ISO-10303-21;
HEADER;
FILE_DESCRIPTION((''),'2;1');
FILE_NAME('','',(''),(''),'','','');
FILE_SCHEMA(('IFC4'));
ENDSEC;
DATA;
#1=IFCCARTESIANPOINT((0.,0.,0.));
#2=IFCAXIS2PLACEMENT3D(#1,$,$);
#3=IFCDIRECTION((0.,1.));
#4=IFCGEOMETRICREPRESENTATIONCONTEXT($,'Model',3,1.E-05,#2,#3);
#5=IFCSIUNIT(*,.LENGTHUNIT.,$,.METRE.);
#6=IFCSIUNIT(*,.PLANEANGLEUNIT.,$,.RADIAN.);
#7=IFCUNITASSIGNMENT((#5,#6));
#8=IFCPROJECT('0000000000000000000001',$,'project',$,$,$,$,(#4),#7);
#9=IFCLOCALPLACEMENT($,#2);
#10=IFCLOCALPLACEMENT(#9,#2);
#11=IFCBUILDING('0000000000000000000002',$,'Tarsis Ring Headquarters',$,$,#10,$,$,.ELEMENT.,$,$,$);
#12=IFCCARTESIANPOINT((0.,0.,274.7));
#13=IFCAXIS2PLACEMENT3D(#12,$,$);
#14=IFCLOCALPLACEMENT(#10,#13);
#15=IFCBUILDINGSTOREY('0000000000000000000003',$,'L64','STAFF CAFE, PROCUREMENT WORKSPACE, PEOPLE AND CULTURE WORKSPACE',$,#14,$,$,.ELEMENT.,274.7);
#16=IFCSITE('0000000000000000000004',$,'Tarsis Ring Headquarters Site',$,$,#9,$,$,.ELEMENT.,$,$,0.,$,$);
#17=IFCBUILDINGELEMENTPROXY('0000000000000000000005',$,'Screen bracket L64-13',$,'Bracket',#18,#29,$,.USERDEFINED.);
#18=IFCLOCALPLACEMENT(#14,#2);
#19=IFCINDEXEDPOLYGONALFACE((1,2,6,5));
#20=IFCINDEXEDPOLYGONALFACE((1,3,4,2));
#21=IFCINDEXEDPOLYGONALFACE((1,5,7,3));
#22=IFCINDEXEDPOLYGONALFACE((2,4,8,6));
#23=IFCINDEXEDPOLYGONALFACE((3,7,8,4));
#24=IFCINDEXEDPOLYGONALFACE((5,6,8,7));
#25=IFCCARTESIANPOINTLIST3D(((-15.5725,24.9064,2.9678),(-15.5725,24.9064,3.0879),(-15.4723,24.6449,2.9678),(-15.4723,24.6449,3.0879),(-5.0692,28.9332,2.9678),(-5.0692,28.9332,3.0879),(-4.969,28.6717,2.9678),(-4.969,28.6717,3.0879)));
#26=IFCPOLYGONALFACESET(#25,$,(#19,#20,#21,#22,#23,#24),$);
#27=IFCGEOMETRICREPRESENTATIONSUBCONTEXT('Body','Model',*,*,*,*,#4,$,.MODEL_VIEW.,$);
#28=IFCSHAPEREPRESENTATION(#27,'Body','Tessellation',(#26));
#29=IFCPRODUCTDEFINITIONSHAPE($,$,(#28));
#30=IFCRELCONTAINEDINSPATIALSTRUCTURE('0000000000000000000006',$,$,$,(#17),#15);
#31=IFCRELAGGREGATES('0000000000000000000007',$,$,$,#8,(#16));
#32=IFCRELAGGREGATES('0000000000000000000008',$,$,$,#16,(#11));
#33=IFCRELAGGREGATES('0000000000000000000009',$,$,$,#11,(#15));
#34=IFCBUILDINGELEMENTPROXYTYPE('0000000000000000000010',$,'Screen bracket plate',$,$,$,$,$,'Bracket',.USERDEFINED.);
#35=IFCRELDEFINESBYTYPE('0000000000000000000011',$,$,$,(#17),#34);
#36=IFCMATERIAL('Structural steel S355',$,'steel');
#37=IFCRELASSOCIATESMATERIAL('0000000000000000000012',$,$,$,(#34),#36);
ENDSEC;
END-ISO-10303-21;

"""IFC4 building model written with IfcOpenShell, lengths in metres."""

from ifc_helpers import new_model, si_unit, direction, frame, origin, origin_2d, place, context, subcontext, project, spatial, rectangle, extrude, material, type_object, element, save


model = new_model("IFC4")

# Units and contexts
model_context = context("Model", 3, precision=1e-05, world=origin(), true_north=direction((0.0, 1.0)))
body_context = subcontext(model_context, "Body", "Model", "MODEL_VIEW")
ifc_project = project(units=[si_unit("LENGTHUNIT", "METRE"), si_unit("PLANEANGLEUNIT", "RADIAN")], contexts=[model_context])

# Site, building, storey
site_placement = place(None, origin())
site = spatial("IfcSite", under=ifc_project, at=site_placement, Name="Tarsis Ring Headquarters Site", CompositionType="ELEMENT", RefElevation=0.0)
building_placement = place(site_placement, origin())
building = spatial("IfcBuilding", under=site, at=building_placement, Name="Tarsis Ring Headquarters", CompositionType="ELEMENT")
storey_placement = place(building_placement, frame((0.0, 0.0, 274.7)))
storey = spatial("IfcBuildingStorey", under=building, at=storey_placement, Name="L64", Description="STAFF CAFE, PROCUREMENT WORKSPACE, PEOPLE AND CULTURE WORKSPACE", CompositionType="ELEMENT", Elevation=274.7)

# Shared definitions
ifc_material_1 = material(Name="Structural steel S355", Category="steel")

# Building element proxy
building_element_proxy_type = type_object("IfcBuildingElementProxyType", Name="Screen bracket plate", ElementType="Bracket", PredefinedType="USERDEFINED", material=ifc_material_1)
proxy_placement = place(storey_placement, frame((-10.2708, 26.7891, 2.9678), z_axis=(0.0, 0.0, 1.0), x_axis=(-0.933729, -0.357981, 0.0)))
element("IfcBuildingElementProxy", 1, at=proxy_placement, inside=storey, type_object=building_element_proxy_type, Name="Screen bracket L64-13", ObjectType="Bracket", PredefinedType="USERDEFINED", context=body_context, shape_type="SweptSolid", body=[
    extrude(rectangle(XDim=11.2488, YDim=0.28, at=origin_2d()), origin(), (0.0, 0.0, 1.0), 0.1201),
])

save(model, "model.ifc")
